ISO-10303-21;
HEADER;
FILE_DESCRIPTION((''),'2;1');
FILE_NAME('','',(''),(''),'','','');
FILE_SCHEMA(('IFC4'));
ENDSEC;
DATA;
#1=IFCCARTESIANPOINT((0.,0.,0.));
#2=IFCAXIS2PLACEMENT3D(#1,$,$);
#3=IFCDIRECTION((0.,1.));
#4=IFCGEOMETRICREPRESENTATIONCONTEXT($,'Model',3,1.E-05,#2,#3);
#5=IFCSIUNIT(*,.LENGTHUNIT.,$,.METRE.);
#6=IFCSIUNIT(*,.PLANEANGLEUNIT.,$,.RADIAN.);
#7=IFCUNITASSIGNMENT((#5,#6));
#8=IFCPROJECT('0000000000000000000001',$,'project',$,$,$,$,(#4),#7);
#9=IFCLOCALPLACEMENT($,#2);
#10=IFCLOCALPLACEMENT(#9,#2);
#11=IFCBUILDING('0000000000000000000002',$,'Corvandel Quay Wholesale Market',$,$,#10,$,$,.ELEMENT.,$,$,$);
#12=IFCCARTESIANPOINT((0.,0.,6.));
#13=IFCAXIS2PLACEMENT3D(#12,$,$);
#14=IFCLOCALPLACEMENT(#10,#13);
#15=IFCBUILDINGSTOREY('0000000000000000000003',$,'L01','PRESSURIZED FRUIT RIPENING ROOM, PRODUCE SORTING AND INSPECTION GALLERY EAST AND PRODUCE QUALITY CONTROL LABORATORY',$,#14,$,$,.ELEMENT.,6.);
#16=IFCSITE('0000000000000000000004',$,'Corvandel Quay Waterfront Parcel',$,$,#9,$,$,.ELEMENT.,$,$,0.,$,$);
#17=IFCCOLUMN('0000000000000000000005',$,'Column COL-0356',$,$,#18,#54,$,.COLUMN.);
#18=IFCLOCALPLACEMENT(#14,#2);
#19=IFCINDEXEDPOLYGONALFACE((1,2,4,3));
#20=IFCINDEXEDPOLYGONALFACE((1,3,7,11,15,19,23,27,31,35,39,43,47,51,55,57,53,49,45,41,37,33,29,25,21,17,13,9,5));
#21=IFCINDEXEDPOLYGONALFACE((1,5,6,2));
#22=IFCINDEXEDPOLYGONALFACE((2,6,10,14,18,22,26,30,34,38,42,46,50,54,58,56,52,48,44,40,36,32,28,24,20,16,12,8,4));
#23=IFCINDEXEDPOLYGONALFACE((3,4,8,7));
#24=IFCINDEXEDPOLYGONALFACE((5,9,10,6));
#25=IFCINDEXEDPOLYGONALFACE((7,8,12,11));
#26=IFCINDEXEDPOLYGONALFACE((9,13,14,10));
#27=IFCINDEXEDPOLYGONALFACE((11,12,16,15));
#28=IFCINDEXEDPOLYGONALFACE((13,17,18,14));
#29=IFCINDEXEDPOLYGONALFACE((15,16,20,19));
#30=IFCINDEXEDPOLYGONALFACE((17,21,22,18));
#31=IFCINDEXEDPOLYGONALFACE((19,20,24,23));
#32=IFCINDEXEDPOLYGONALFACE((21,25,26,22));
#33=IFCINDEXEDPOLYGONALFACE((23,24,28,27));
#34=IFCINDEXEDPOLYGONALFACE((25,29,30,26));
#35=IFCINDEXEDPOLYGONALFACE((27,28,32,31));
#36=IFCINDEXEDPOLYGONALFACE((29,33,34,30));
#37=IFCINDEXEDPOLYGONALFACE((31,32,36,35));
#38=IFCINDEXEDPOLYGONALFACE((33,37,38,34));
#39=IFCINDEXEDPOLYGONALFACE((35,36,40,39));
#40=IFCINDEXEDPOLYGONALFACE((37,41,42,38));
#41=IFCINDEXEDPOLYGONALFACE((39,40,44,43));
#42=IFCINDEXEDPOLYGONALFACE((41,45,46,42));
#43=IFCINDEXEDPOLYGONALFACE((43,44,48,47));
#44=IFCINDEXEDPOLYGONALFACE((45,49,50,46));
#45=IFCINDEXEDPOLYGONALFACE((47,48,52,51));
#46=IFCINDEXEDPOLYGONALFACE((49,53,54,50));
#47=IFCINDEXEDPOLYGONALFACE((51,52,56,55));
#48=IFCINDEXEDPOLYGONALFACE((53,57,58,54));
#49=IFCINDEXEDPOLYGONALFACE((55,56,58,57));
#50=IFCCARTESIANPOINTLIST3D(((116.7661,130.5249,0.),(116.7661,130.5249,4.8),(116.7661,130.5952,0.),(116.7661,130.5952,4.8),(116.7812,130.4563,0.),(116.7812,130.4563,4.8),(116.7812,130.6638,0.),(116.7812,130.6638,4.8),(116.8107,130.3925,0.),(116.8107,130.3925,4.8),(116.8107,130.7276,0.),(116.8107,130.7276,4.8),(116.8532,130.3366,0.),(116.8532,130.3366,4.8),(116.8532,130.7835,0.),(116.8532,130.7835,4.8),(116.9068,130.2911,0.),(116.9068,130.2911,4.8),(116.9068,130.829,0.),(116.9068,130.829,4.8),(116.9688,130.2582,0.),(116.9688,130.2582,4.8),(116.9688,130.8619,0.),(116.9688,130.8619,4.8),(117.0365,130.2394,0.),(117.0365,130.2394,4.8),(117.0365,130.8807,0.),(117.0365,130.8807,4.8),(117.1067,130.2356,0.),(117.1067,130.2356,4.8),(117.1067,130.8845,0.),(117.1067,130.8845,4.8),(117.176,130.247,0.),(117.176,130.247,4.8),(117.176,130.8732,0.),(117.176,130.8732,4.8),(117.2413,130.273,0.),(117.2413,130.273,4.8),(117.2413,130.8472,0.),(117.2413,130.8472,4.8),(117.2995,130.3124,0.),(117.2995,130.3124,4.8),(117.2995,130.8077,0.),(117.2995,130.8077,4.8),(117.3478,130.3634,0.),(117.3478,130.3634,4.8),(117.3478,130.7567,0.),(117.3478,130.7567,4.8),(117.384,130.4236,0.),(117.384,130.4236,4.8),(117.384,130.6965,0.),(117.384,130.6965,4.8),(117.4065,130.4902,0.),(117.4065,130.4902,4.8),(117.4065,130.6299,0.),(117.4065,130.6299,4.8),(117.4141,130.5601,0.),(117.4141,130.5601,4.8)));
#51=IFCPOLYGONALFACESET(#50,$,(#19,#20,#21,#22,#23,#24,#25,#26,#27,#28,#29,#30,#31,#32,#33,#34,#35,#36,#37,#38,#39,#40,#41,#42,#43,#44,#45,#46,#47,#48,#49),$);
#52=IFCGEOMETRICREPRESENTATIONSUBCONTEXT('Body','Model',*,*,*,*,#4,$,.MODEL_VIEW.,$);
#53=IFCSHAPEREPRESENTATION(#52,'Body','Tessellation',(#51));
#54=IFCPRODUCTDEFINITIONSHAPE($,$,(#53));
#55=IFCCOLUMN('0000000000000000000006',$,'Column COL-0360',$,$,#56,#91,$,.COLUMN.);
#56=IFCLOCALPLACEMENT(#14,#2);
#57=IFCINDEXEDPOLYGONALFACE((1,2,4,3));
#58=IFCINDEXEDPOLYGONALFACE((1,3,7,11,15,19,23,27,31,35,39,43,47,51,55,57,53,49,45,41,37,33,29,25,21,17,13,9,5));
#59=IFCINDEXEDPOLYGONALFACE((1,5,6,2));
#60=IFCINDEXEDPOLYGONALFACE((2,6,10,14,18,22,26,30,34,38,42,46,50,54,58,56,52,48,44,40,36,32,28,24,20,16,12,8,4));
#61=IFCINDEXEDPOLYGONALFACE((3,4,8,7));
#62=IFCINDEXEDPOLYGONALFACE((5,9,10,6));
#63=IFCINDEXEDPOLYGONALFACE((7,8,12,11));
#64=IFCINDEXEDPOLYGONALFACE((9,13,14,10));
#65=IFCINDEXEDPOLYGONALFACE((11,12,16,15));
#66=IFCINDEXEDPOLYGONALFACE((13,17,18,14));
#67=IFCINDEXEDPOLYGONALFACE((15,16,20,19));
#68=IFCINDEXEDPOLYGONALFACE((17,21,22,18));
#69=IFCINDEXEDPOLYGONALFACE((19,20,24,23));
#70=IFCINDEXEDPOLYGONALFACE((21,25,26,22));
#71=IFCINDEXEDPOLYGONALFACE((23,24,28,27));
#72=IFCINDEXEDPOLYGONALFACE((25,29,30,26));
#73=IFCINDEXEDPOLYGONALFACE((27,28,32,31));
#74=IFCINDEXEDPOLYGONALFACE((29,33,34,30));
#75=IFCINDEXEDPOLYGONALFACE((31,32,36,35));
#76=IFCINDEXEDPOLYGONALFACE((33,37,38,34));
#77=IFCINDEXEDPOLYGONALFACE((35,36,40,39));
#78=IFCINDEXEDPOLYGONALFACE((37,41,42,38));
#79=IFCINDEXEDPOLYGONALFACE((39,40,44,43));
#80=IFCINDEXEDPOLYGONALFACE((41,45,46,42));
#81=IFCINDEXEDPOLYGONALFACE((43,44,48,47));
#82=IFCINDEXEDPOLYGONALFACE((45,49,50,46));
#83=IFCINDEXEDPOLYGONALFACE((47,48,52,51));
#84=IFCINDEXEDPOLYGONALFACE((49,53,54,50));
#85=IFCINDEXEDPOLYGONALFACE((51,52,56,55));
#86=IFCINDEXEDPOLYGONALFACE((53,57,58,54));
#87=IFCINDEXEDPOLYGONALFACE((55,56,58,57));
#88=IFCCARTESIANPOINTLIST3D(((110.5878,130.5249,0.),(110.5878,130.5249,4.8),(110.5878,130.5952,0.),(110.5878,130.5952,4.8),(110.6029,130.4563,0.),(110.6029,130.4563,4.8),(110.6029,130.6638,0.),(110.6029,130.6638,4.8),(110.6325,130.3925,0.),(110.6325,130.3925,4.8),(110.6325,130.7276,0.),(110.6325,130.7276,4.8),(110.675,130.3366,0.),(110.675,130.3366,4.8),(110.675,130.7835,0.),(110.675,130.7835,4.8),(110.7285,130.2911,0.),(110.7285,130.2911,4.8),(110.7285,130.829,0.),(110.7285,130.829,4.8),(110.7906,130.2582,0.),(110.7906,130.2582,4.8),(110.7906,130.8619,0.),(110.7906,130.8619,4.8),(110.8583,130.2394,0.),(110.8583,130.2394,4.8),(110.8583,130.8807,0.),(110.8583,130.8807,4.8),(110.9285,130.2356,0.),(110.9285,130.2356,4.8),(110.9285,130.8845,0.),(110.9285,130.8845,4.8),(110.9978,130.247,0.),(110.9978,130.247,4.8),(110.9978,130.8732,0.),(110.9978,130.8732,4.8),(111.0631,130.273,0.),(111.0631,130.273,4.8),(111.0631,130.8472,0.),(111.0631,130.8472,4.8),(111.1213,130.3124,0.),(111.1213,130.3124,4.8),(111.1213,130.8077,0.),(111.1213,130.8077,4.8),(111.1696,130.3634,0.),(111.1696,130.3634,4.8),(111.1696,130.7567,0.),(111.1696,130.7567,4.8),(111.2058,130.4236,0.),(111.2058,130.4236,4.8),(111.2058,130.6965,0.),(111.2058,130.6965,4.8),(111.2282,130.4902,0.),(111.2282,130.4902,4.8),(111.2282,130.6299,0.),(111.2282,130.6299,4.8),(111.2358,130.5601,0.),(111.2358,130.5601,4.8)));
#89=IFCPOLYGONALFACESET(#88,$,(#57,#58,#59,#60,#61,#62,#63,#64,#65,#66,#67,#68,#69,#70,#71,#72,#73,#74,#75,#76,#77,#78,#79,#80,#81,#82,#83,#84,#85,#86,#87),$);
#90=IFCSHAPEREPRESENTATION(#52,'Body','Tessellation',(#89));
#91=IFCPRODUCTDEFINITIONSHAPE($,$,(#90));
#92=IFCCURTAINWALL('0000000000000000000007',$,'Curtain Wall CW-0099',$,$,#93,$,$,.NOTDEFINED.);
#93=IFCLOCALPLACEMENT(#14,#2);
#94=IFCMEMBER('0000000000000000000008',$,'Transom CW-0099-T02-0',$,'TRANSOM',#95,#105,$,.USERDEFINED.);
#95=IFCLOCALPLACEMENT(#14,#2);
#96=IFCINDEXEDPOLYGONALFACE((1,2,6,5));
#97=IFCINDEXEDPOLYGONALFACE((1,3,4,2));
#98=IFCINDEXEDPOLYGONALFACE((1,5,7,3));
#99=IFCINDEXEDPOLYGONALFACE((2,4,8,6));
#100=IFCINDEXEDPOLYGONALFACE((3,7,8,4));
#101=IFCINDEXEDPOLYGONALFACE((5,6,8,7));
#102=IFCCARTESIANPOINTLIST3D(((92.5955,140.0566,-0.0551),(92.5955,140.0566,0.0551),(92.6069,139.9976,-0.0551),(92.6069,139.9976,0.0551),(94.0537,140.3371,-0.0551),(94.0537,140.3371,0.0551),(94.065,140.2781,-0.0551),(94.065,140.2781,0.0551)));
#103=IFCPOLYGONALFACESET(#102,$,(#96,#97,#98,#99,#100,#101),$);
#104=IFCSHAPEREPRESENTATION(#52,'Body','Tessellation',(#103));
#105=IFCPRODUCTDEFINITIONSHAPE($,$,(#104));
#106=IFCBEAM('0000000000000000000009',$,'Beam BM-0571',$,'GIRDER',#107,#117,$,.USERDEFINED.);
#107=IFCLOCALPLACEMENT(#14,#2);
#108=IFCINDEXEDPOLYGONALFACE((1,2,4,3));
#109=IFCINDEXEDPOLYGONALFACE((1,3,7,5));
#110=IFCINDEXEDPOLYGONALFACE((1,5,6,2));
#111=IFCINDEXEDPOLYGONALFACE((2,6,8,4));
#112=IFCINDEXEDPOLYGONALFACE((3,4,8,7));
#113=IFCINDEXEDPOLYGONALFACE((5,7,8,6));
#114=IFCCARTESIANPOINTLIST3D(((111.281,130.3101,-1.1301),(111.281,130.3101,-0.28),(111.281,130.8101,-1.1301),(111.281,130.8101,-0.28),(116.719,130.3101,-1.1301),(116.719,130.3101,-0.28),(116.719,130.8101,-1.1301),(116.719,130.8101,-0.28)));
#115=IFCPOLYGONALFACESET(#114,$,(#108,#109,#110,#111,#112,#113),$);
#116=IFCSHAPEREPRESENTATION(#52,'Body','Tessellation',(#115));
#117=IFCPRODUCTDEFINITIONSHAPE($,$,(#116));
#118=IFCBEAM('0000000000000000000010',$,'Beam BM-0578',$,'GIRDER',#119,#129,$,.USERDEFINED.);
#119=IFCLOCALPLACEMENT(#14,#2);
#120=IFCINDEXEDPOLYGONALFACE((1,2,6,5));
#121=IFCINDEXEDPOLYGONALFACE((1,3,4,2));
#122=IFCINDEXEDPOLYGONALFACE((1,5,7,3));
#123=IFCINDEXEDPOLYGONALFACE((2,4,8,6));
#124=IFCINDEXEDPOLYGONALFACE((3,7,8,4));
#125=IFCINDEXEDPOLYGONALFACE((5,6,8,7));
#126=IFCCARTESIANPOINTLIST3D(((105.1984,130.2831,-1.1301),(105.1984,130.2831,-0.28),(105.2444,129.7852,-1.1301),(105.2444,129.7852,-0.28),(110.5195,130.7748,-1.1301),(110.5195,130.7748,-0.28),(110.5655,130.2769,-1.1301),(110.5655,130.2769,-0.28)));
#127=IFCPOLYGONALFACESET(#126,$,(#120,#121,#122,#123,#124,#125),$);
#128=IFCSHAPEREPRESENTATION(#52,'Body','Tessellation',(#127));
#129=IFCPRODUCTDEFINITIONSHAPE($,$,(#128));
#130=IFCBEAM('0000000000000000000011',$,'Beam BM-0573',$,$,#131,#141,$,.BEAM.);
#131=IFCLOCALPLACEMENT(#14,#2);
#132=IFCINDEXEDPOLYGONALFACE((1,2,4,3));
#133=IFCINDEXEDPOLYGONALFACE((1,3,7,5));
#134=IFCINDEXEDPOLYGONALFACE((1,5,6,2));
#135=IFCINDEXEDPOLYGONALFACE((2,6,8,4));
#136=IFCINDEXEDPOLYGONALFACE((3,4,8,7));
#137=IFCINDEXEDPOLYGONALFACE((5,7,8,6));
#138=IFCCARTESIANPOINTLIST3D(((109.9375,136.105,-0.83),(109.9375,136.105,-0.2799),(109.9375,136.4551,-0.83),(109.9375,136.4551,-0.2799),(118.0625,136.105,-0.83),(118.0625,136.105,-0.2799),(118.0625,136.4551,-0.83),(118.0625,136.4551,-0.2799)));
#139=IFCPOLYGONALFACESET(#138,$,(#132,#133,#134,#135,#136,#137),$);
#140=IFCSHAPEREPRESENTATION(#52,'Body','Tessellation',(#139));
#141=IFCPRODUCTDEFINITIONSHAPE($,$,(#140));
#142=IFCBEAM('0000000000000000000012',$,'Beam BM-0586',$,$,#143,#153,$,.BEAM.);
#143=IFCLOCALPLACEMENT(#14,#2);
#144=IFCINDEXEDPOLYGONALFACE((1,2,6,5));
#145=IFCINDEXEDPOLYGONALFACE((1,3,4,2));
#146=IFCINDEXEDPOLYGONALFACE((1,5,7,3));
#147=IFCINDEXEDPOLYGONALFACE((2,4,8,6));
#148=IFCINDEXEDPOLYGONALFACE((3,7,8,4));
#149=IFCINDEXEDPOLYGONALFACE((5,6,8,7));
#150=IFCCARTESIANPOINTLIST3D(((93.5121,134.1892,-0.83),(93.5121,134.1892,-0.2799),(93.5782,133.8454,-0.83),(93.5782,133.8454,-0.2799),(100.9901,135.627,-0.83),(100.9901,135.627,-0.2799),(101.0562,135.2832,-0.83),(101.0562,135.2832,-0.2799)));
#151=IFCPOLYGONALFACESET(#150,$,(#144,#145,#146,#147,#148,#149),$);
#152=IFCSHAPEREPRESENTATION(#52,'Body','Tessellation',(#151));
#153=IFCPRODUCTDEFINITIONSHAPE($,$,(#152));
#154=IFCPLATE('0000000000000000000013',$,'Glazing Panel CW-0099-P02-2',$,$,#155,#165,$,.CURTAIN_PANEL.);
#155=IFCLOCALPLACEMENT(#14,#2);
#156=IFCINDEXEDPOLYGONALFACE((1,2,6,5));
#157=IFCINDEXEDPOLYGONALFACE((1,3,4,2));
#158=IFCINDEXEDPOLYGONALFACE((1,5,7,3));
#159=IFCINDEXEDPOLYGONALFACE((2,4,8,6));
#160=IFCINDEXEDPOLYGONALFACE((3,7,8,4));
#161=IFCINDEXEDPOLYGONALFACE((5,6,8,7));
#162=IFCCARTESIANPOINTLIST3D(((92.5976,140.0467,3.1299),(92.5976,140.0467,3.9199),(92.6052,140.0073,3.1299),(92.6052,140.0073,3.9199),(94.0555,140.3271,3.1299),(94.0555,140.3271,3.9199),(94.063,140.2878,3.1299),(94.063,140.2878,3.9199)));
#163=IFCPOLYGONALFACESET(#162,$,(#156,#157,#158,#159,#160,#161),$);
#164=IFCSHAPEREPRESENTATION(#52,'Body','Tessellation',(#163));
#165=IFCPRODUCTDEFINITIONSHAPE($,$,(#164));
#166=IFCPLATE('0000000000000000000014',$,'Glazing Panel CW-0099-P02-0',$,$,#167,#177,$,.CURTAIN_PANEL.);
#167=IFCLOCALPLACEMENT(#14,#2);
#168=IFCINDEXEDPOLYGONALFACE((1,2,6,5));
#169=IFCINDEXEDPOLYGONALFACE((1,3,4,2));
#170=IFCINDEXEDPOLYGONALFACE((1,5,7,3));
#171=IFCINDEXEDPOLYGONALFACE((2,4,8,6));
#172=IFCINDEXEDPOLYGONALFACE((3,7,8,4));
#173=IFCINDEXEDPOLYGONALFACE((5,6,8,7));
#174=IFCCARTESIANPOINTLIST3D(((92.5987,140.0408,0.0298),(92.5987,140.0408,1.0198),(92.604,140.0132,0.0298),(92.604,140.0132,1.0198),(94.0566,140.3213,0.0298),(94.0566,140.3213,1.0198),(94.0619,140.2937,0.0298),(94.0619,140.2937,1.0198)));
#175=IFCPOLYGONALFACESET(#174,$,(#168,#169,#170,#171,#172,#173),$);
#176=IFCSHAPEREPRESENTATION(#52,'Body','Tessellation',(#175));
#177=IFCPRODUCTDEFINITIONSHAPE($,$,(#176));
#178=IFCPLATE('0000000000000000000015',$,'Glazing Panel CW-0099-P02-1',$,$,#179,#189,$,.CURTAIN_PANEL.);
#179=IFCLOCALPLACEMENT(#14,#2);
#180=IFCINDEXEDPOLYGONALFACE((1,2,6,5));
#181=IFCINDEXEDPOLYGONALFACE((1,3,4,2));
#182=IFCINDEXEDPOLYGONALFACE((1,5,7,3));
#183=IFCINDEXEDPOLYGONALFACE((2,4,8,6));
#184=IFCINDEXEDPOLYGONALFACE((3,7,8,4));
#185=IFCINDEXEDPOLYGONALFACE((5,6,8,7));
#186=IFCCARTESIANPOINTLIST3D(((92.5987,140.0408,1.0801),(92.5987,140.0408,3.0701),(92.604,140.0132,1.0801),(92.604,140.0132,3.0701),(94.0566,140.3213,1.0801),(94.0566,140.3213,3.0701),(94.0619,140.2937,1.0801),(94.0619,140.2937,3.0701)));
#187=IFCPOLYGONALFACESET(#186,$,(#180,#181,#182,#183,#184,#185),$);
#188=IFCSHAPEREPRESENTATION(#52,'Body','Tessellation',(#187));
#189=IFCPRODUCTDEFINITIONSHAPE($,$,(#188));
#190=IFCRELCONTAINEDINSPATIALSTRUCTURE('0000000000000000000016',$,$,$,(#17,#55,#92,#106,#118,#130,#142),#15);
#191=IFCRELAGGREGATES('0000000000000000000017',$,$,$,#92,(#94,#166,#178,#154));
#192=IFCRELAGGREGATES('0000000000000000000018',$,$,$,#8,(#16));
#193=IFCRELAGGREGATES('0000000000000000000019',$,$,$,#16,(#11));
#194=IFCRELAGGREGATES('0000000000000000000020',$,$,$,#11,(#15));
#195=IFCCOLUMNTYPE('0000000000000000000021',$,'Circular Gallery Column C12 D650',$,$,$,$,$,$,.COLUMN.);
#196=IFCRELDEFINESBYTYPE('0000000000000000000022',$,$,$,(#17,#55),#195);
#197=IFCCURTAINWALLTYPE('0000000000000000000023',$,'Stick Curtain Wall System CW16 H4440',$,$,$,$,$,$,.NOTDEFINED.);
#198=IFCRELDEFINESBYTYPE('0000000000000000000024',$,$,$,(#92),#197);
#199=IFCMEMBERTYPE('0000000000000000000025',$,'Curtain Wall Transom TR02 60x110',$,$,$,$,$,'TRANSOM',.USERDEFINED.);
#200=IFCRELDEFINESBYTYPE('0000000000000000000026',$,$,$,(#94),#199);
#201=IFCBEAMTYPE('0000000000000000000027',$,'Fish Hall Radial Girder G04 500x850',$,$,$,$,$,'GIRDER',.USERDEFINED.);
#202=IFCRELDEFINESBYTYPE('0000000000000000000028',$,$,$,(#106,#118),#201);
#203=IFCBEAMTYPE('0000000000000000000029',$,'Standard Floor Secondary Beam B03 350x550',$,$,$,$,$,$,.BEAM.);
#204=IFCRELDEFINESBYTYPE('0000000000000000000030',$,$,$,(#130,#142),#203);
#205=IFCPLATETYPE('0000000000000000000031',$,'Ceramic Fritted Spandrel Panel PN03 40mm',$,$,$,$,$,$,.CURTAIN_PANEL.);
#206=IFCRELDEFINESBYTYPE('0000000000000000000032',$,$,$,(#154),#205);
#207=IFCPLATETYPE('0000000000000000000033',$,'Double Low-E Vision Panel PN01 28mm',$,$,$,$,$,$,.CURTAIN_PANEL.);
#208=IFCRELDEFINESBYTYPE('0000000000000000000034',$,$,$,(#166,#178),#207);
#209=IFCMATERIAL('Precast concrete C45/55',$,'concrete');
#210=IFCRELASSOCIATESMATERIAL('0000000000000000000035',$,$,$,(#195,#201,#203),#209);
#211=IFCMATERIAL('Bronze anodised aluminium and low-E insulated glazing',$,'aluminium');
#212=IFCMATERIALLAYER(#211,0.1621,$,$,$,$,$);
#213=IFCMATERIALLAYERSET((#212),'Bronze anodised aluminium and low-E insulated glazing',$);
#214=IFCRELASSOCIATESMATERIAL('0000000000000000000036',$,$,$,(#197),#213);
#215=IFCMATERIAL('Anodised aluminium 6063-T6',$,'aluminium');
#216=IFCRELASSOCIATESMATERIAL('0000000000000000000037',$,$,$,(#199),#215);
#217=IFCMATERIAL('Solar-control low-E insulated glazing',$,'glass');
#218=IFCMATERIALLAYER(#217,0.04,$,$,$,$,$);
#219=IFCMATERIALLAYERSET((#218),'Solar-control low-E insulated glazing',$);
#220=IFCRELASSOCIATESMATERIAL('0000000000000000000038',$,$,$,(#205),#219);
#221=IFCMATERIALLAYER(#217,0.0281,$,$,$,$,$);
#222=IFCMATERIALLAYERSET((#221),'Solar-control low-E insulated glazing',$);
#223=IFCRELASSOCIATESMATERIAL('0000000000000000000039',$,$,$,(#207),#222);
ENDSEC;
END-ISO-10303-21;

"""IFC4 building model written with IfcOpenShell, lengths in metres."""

from ifc_helpers import new_model, si_unit, direction, frame, origin, origin_2d, place, context, subcontext, project, spatial, rectangle, circle, extrude, material, layer, layer_set, material_profile, profile_set, type_object, element, aggregate, save


model = new_model("IFC4")

# Units and contexts
model_context = context("Model", 3, precision=1e-05, world=origin(), true_north=direction((0.0, 1.0)))
body_context = subcontext(model_context, "Body", "Model", "MODEL_VIEW")
ifc_project = project(units=[si_unit("LENGTHUNIT", "METRE"), si_unit("PLANEANGLEUNIT", "RADIAN")], contexts=[model_context])

# Site, building, storey
site_placement = place(None, origin())
site = spatial("IfcSite", under=ifc_project, at=site_placement, Name="Corvandel Quay Waterfront Parcel", CompositionType="ELEMENT", RefElevation=0.0)
building_placement = place(site_placement, origin())
building = spatial("IfcBuilding", under=site, at=building_placement, Name="Corvandel Quay Wholesale Market", CompositionType="ELEMENT")
storey_placement = place(building_placement, frame((0.0, 0.0, 6.0)))
storey = spatial("IfcBuildingStorey", under=building, at=storey_placement, Name="L01", Description="PRESSURIZED FRUIT RIPENING ROOM, PRODUCE SORTING AND INSPECTION GALLERY EAST AND PRODUCE QUALITY CONTROL LABORATORY", CompositionType="ELEMENT", Elevation=6.0)

# Columns
ifc_material_1 = material(Name="Precast concrete C45/55", Category="concrete")
ifc_material_profile_1 = material_profile(ifc_material_1, circle(Radius=0.325, at=origin_2d()), Name="PC-COL-D650")
ifc_profile_set_1 = profile_set([ifc_material_profile_1], Name="Precast concrete C45/55")
column_type = type_object("IfcColumnType", Name="Circular Gallery Column C12 D650", PredefinedType="COLUMN", material=ifc_profile_set_1)
for number, where, z_axis, x_axis, name in (
    (1, (117.0891, 130.5601, 0.0), (0.0, 0.0, 1.0), (1.0, 0.0, 0.0), "Column COL-0356"),
    (2, (110.9109, 130.5601, 0.0), (0.0, 0.0, 1.0), (1.0, 0.0, 0.0), "Column COL-0360"),
):
    element("IfcColumn", number, at=place(storey_placement, frame(where, z_axis=z_axis, x_axis=x_axis)), inside=storey, type_object=column_type, Name=name, PredefinedType="COLUMN", context=body_context, shape_type="SweptSolid", body=[
        extrude(circle(Radius=0.325, at=origin_2d()), origin(), (0.0, 0.0, 1.0), 4.8),
    ])

# Curtain wall, member
ifc_material_2 = material(Name="Bronze anodised aluminium and low-E insulated glazing", Category="aluminium")
ifc_layer_1 = layer(ifc_material_2, 0.1621)
ifc_layer_set_1 = layer_set([ifc_layer_1], Name="Bronze anodised aluminium and low-E insulated glazing")
curtain_wall_type = type_object("IfcCurtainWallType", Name="Stick Curtain Wall System CW16 H4440", PredefinedType="NOTDEFINED", material=ifc_layer_set_1)
curtain_wall_placement = place(storey_placement, origin())
curtain_wall = element("IfcCurtainWall", 3, at=curtain_wall_placement, inside=storey, type_object=curtain_wall_type, Name="Curtain Wall CW-0099", PredefinedType="NOTDEFINED")
ifc_material_3 = material(Name="Anodised aluminium 6063-T6", Category="aluminium")
ifc_material_profile_2 = material_profile(ifc_material_3, rectangle(XDim=0.0601, YDim=0.1101, at=origin_2d()), Name="ALU-TRN-60x110")
ifc_profile_set_2 = profile_set([ifc_material_profile_2], Name="Anodised aluminium 6063-T6")
member_type = type_object("IfcMemberType", Name="Curtain Wall Transom TR02 60x110", ElementType="TRANSOM", PredefinedType="USERDEFINED", material=ifc_profile_set_2)
member_placement = place(storey_placement, frame((94.0593, 140.3076, 0.0), z_axis=(-0.98199, -0.188933, 0.0), x_axis=(0.188933, -0.98199, 0.0)))
member = element("IfcMember", 4, at=member_placement, type_object=member_type, Name="Transom CW-0099-T02-0", ObjectType="TRANSOM", PredefinedType="USERDEFINED", context=body_context, shape_type="SweptSolid", body=[
    extrude(rectangle(XDim=0.0601, YDim=0.1101, at=origin_2d()), origin(), (0.0, 0.0, 1.0), 1.4849),
])

# Beams
ifc_material_profile_3 = material_profile(ifc_material_1, rectangle(XDim=0.5, YDim=0.8501, at=origin_2d()), Name="PC-GIR-500x850")
ifc_profile_set_3 = profile_set([ifc_material_profile_3], Name="Precast concrete C45/55")
beam_type_1 = type_object("IfcBeamType", Name="Fish Hall Radial Girder G04 500x850", ElementType="GIRDER", PredefinedType="USERDEFINED", material=ifc_profile_set_3)
beam_1_placement = place(storey_placement, frame((116.719, 130.5601, -0.7051), z_axis=(-1.0, 0.0, 0.0), x_axis=(0.0, -1.0, 0.0)))
element("IfcBeam", 5, at=beam_1_placement, inside=storey, type_object=beam_type_1, Name="Beam BM-0571", ObjectType="GIRDER", PredefinedType="USERDEFINED", context=body_context, shape_type="SweptSolid", body=[
    extrude(rectangle(XDim=0.5, YDim=0.8501, at=origin_2d()), origin(), (0.0, 0.0, 1.0), 5.438),
])
beam_2_placement = place(storey_placement, frame((110.5425, 130.5259, -0.7051), z_axis=(-0.995758, -0.092014, 0.0), x_axis=(0.092014, -0.995758, 0.0)))
element("IfcBeam", 6, at=beam_2_placement, inside=storey, type_object=beam_type_1, Name="Beam BM-0578", ObjectType="GIRDER", PredefinedType="USERDEFINED", context=body_context, shape_type="SweptSolid", body=[
    extrude(rectangle(XDim=0.5, YDim=0.8501, at=origin_2d()), origin(), (0.0, 0.0, 1.0), 5.3438),
])
ifc_material_profile_4 = material_profile(ifc_material_1, rectangle(XDim=0.3501, YDim=0.55, at=origin_2d()), Name="PC-BM-350x550")
ifc_profile_set_4 = profile_set([ifc_material_profile_4], Name="Precast concrete C45/55")
beam_type_2 = type_object("IfcBeamType", Name="Standard Floor Secondary Beam B03 350x550", PredefinedType="BEAM", material=ifc_profile_set_4)
beam_3_placement = place(storey_placement, frame((118.0625, 136.28, -0.5549), z_axis=(-1.0, 0.0, 0.0), x_axis=(0.0, -1.0, 0.0)))
element("IfcBeam", 7, at=beam_3_placement, inside=storey, type_object=beam_type_2, Name="Beam BM-0573", PredefinedType="BEAM", context=body_context, shape_type="SweptSolid", body=[
    extrude(rectangle(XDim=0.3501, YDim=0.55, at=origin_2d()), origin(), (0.0, 0.0, 1.0), 8.125),
])
beam_4_placement = place(storey_placement, frame((101.0232, 135.4551, -0.5549), z_axis=(-0.982015, -0.188805, 0.0), x_axis=(0.188805, -0.982015, 0.0)))
element("IfcBeam", 8, at=beam_4_placement, inside=storey, type_object=beam_type_2, Name="Beam BM-0586", PredefinedType="BEAM", context=body_context, shape_type="SweptSolid", body=[
    extrude(rectangle(XDim=0.3501, YDim=0.55, at=origin_2d()), origin(), (0.0, 0.0, 1.0), 7.615),
])

# Plates
ifc_material_4 = material(Name="Solar-control low-E insulated glazing", Category="glass")
ifc_layer_2 = layer(ifc_material_4, 0.04)
ifc_layer_set_2 = layer_set([ifc_layer_2], Name="Solar-control low-E insulated glazing")
plate_type_1 = type_object("IfcPlateType", Name="Ceramic Fritted Spandrel Panel PN03 40mm", PredefinedType="CURTAIN_PANEL", material=ifc_layer_set_2)
plate_1_placement = place(storey_placement, frame((93.3303, 140.1672, 3.1299), z_axis=(0.0, 0.0, 1.0), x_axis=(0.981992, 0.188924, 0.0)))
plate_1 = element("IfcPlate", 9, at=plate_1_placement, type_object=plate_type_1, Name="Glazing Panel CW-0099-P02-2", PredefinedType="CURTAIN_PANEL", context=body_context, shape_type="SweptSolid", body=[
    extrude(rectangle(XDim=1.4846, YDim=0.04, at=origin_2d()), origin(), (0.0, 0.0, 1.0), 0.79),
])
ifc_layer_3 = layer(ifc_material_4, 0.0281)
ifc_layer_set_3 = layer_set([ifc_layer_3], Name="Solar-control low-E insulated glazing")
plate_type_2 = type_object("IfcPlateType", Name="Double Low-E Vision Panel PN01 28mm", PredefinedType="CURTAIN_PANEL", material=ifc_layer_set_3)
plate_2_placement = place(storey_placement, frame((93.3303, 140.1672, 0.0298), z_axis=(0.0, 0.0, 1.0), x_axis=(0.981992, 0.188924, 0.0)))
plate_2 = element("IfcPlate", 10, at=plate_2_placement, type_object=plate_type_2, Name="Glazing Panel CW-0099-P02-0", PredefinedType="CURTAIN_PANEL", context=body_context, shape_type="SweptSolid", body=[
    extrude(rectangle(XDim=1.4846, YDim=0.0281, at=origin_2d()), origin(), (0.0, 0.0, 1.0), 0.99),
])
plate_3_placement = place(storey_placement, frame((93.3303, 140.1672, 1.0801), z_axis=(0.0, 0.0, 1.0), x_axis=(0.981992, 0.188924, 0.0)))
plate_3 = element("IfcPlate", 11, at=plate_3_placement, type_object=plate_type_2, Name="Glazing Panel CW-0099-P02-1", PredefinedType="CURTAIN_PANEL", context=body_context, shape_type="SweptSolid", body=[
    extrude(rectangle(XDim=1.4846, YDim=0.0281, at=origin_2d()), origin(), (0.0, 0.0, 1.0), 1.99),
])
aggregate(curtain_wall, [member, plate_2, plate_3, plate_1])

save(model, "model.ifc")
